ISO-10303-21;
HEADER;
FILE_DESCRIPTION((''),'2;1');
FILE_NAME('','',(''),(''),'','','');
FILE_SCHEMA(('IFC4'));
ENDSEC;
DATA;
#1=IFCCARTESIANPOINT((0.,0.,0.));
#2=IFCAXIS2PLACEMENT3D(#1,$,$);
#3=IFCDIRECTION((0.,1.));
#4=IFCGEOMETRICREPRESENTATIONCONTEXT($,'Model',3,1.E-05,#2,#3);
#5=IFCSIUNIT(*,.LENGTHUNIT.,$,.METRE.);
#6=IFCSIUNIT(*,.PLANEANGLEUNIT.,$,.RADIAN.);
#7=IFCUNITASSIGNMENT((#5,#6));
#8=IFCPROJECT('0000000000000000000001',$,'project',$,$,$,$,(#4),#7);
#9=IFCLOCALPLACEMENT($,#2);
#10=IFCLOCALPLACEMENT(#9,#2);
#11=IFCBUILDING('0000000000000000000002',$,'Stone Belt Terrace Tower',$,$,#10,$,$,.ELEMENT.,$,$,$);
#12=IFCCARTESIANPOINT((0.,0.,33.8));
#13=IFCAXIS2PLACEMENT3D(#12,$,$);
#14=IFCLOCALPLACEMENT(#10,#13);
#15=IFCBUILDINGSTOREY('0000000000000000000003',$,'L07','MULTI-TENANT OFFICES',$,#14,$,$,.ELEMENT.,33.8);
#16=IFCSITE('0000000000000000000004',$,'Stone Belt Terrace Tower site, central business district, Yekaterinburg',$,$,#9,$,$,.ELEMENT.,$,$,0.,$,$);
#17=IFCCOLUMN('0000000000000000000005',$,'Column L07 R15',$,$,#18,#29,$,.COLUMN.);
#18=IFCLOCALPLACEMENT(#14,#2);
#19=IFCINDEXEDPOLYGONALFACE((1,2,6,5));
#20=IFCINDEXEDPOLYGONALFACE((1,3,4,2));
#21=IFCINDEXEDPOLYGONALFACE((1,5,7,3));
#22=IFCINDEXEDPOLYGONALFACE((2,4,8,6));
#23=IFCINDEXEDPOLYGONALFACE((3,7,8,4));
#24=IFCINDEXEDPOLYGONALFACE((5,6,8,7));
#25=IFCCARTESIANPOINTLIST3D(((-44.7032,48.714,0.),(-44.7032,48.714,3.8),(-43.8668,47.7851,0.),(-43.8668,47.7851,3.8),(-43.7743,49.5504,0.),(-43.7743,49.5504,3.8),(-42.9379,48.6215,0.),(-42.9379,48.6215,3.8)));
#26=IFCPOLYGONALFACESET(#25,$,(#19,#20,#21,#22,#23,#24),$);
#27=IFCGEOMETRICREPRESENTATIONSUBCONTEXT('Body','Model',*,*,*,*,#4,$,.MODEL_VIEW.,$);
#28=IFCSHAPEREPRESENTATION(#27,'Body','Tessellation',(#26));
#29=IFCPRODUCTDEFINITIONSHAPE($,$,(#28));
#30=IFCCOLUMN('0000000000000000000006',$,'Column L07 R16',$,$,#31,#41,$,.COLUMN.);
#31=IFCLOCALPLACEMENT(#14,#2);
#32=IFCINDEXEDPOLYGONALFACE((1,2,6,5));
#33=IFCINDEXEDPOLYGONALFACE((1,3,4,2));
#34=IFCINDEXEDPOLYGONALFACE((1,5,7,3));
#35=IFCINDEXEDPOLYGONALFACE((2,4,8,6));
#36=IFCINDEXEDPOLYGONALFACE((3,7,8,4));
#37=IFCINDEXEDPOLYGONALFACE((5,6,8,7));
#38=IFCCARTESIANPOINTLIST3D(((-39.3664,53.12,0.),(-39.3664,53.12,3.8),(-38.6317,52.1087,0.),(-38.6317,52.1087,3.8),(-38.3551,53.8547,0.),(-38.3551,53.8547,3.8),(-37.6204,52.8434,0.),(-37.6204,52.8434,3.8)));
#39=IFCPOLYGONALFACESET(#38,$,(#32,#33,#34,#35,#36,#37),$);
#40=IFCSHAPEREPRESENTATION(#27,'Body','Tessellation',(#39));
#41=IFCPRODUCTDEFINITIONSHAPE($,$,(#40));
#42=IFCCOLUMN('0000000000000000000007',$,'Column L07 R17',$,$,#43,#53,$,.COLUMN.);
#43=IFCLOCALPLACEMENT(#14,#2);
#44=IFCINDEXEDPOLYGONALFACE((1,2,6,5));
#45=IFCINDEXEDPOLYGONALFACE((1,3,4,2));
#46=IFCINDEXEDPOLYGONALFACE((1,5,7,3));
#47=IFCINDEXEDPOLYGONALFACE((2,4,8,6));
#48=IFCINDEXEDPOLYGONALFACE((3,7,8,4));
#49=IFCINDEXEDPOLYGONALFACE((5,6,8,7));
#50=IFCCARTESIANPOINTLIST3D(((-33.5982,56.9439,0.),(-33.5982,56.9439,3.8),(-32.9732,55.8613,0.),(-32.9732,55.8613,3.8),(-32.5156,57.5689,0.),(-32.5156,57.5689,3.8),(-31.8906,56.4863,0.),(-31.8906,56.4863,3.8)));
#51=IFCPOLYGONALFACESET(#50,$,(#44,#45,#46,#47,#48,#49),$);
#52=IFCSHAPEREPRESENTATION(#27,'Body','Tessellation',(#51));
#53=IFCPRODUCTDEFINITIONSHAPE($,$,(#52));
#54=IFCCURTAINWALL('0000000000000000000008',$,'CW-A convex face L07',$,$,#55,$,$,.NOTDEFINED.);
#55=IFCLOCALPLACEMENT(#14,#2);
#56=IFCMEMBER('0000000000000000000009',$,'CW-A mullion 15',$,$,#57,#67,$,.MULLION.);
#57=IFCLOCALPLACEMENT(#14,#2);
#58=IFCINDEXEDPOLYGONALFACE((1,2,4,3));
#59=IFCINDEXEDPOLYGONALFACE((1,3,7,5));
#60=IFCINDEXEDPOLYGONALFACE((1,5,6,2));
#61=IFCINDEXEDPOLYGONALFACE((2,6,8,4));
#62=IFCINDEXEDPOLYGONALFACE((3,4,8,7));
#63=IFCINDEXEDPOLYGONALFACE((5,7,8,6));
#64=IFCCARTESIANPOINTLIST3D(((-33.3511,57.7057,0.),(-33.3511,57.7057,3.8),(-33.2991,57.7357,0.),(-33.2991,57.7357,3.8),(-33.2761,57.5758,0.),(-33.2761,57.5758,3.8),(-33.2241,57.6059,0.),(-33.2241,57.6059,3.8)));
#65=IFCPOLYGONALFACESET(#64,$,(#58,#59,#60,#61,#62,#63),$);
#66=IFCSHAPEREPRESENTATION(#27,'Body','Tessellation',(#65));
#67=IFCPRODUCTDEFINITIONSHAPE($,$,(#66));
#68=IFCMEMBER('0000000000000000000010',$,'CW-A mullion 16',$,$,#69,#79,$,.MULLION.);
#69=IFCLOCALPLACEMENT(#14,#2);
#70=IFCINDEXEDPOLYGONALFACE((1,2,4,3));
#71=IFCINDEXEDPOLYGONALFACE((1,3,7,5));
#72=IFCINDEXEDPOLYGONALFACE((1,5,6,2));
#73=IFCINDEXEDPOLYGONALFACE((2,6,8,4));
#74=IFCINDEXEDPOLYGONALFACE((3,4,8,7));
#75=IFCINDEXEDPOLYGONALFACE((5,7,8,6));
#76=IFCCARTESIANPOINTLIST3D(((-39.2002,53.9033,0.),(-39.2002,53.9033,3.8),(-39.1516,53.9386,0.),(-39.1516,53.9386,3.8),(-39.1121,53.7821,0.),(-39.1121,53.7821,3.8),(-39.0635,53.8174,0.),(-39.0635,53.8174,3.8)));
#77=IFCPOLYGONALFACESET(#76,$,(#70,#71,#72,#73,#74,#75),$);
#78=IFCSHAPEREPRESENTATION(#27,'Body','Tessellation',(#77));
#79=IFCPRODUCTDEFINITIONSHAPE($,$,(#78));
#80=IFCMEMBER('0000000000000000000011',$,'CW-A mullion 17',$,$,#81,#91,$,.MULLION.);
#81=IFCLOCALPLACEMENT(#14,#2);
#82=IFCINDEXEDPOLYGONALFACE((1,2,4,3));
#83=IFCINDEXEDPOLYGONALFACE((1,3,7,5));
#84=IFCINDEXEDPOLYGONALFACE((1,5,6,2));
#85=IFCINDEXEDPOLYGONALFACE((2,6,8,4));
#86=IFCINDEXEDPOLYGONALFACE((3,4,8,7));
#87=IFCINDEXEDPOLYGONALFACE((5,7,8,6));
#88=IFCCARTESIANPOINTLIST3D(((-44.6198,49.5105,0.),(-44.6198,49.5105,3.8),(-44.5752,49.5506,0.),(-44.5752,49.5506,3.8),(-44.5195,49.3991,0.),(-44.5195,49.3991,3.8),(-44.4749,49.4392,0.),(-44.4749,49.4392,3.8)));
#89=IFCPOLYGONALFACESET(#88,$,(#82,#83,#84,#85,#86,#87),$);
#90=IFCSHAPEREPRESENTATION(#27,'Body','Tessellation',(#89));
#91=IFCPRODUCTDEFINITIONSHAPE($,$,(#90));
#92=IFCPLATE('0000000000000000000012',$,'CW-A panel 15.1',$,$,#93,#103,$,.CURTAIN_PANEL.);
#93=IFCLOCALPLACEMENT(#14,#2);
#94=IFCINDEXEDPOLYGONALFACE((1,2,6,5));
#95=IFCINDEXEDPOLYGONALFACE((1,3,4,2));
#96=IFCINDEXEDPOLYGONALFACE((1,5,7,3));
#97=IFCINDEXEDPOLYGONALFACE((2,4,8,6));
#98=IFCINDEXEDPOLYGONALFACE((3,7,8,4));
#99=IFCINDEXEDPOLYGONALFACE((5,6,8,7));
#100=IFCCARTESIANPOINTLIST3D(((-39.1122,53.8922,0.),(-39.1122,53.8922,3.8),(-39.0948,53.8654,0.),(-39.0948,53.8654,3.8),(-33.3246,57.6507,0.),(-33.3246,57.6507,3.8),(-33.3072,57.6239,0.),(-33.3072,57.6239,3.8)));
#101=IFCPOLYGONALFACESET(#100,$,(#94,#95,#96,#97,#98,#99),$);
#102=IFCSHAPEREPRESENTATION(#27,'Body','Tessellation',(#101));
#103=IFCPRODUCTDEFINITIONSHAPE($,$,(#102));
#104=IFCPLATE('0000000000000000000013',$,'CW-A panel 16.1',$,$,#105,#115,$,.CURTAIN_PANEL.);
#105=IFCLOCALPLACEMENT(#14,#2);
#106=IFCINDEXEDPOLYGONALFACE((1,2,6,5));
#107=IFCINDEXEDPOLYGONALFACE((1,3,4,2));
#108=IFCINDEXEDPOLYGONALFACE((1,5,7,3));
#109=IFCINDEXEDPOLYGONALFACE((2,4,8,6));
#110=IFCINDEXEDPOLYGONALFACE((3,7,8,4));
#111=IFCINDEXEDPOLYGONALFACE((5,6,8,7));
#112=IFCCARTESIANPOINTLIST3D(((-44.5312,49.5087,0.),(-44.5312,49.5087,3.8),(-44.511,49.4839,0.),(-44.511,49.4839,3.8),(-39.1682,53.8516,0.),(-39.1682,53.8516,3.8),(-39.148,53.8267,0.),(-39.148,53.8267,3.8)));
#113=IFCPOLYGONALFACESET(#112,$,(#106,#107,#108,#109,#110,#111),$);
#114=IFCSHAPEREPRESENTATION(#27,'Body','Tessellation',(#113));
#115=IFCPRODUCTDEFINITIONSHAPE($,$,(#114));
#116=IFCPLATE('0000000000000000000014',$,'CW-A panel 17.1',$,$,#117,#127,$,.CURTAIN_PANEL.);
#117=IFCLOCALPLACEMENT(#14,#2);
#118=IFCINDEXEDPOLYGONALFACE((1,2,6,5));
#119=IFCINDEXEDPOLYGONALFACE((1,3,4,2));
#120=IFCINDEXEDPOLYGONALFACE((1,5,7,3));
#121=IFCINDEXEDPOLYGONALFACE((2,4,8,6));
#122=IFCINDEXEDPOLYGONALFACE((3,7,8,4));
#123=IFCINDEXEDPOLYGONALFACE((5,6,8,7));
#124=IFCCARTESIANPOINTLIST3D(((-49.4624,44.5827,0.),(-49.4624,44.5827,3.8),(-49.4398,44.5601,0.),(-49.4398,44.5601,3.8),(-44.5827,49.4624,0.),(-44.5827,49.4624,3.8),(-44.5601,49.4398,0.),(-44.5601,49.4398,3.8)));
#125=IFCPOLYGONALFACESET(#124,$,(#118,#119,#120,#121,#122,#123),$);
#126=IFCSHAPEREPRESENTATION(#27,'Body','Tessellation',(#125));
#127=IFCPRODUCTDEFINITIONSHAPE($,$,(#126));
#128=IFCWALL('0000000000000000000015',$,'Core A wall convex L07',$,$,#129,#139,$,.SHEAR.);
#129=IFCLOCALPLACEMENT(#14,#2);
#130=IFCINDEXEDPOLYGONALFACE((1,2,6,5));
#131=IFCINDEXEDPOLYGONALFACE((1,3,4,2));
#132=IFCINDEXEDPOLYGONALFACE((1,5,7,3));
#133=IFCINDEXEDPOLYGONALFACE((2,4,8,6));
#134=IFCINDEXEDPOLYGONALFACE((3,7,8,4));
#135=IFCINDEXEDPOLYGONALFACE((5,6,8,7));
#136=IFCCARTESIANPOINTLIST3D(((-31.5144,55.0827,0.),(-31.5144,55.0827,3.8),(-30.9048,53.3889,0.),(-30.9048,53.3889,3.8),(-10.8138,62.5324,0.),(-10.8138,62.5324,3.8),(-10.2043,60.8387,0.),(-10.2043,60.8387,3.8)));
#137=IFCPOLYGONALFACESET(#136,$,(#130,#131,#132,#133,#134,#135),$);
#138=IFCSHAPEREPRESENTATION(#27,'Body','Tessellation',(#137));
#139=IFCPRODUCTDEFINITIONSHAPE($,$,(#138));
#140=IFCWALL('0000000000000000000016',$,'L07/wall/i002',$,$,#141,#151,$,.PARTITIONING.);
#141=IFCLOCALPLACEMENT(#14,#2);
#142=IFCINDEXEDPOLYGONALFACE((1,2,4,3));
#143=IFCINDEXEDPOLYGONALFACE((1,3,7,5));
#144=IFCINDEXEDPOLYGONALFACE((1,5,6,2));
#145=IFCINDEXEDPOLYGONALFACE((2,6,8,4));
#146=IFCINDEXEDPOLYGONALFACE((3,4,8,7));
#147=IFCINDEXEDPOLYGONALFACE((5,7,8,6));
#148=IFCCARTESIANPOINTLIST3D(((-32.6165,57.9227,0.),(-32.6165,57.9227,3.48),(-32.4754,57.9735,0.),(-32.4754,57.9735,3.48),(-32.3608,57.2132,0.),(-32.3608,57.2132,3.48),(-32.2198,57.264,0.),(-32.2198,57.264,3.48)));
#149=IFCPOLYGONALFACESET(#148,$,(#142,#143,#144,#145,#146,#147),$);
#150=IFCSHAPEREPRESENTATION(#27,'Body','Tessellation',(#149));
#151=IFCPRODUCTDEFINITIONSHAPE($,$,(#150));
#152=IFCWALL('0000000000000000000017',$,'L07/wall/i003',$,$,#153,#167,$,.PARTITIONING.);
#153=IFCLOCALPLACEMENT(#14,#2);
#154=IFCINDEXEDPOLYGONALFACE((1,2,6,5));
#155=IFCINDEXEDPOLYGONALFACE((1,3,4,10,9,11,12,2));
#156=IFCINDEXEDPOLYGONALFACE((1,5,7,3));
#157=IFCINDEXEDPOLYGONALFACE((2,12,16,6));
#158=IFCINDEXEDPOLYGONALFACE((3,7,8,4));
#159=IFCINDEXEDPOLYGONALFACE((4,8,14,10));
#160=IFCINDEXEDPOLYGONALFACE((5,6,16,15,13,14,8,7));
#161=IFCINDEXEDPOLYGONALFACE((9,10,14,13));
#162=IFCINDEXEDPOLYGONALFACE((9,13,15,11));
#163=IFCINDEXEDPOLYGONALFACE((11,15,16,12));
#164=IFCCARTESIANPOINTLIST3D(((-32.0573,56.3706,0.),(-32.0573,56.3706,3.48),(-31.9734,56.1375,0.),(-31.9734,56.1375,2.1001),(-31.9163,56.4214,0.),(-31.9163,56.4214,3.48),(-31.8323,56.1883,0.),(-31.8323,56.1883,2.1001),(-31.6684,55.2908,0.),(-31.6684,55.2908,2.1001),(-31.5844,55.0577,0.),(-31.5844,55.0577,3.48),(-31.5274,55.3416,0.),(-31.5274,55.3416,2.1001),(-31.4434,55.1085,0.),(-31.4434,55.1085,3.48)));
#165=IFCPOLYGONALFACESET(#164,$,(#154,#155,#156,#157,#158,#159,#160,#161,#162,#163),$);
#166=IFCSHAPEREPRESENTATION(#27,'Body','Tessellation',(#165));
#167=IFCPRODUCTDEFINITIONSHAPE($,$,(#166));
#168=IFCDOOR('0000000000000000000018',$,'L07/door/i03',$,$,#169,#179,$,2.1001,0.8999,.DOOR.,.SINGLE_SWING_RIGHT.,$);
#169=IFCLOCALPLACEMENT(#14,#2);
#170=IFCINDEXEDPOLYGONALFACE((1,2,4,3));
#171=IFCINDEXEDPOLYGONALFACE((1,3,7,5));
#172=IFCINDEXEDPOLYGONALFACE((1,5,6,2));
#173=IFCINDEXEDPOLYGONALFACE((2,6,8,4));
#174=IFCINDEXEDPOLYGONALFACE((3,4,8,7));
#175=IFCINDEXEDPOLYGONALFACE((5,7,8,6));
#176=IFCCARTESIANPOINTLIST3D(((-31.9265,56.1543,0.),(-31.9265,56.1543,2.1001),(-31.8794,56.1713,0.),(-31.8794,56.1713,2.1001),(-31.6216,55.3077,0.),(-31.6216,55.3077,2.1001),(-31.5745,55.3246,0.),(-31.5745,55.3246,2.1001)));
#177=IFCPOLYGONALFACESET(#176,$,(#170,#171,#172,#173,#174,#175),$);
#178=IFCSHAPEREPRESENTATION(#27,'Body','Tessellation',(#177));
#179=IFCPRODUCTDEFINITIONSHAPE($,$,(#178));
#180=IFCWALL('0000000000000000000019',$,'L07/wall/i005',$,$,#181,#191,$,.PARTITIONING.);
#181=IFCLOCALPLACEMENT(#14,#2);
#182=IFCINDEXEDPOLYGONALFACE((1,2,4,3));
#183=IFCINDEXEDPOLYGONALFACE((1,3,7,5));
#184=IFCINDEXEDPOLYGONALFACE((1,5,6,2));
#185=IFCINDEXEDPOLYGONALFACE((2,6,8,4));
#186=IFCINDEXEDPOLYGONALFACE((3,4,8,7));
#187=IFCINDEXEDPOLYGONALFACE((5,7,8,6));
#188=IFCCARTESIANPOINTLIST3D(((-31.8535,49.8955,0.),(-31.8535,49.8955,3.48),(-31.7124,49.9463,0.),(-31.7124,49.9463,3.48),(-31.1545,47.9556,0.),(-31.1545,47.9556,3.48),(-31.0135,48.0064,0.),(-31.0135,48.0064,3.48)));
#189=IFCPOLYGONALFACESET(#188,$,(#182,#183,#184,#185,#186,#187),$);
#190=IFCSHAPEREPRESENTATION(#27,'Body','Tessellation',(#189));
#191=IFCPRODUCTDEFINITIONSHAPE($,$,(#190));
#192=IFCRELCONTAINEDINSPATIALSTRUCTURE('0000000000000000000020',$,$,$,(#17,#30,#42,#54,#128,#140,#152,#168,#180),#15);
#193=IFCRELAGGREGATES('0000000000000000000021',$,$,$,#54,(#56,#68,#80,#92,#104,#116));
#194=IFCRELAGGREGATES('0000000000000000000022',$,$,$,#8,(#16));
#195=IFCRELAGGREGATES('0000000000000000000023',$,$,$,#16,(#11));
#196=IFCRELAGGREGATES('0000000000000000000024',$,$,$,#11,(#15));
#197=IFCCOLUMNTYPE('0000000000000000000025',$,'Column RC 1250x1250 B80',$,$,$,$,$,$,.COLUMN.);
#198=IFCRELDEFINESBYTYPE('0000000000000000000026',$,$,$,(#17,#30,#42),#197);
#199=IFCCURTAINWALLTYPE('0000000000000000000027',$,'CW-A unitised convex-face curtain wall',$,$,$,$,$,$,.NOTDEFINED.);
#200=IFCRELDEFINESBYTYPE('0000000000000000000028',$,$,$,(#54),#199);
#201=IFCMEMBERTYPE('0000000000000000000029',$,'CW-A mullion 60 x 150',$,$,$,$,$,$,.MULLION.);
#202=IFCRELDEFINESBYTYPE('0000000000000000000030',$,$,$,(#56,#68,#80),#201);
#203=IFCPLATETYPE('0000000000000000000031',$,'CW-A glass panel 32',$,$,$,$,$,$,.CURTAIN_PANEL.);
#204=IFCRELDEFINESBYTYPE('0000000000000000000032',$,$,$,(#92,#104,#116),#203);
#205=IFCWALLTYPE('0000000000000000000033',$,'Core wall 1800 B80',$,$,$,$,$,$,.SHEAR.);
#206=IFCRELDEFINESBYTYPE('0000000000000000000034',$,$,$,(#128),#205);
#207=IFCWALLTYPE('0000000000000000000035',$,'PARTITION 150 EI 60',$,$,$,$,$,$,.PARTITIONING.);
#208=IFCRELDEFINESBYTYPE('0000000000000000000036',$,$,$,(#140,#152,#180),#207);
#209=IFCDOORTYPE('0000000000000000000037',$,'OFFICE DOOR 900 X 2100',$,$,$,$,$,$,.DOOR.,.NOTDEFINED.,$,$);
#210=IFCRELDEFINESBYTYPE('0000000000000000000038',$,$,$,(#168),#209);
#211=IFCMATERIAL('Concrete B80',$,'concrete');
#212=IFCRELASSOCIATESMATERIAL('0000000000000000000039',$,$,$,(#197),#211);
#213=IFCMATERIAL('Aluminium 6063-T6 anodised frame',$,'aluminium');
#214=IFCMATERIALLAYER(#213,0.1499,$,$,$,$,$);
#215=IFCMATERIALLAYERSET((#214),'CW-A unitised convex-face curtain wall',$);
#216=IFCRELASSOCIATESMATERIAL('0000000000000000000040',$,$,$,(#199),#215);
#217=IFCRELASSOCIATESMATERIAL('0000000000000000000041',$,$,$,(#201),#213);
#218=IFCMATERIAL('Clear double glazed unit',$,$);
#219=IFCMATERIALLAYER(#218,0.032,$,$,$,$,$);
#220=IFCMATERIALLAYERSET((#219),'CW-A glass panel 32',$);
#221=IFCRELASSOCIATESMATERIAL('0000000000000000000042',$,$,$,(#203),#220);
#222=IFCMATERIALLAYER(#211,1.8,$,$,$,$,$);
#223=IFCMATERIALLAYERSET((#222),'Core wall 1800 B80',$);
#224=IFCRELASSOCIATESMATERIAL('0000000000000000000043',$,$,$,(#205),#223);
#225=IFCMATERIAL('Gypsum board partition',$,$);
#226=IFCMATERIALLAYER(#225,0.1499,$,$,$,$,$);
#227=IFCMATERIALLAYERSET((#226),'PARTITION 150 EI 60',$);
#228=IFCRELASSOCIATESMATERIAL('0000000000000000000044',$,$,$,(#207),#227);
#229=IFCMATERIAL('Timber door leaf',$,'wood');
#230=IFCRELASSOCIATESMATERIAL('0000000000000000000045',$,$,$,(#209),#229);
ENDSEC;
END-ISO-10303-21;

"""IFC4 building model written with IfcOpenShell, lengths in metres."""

from ifc_helpers import new_model, si_unit, direction, frame, frame_2d, origin, origin_2d, place, context, subcontext, project, spatial, rectangle, extrude, material, layer, layer_set, material_profile, profile_set, type_object, element, fill, aggregate, save


model = new_model("IFC4")

# Units and contexts
model_context = context("Model", 3, precision=1e-05, world=origin(), true_north=direction((0.0, 1.0)))
body_context = subcontext(model_context, "Body", "Model", "MODEL_VIEW")
ifc_project = project(units=[si_unit("LENGTHUNIT", "METRE"), si_unit("PLANEANGLEUNIT", "RADIAN")], contexts=[model_context])

# Site, building, storey
site_placement = place(None, origin())
site = spatial("IfcSite", under=ifc_project, at=site_placement, Name="Stone Belt Terrace Tower site, central business district, Yekaterinburg", CompositionType="ELEMENT", RefElevation=0.0)
building_placement = place(site_placement, origin())
building = spatial("IfcBuilding", under=site, at=building_placement, Name="Stone Belt Terrace Tower", CompositionType="ELEMENT")
storey_placement = place(building_placement, frame((0.0, 0.0, 33.8)))
storey = spatial("IfcBuildingStorey", under=building, at=storey_placement, Name="L07", Description="MULTI-TENANT OFFICES", CompositionType="ELEMENT", Elevation=33.8)

# Columns
ifc_material_1 = material(Name="Concrete B80", Category="concrete")
ifc_material_profile_1 = material_profile(ifc_material_1, rectangle(XDim=1.25, YDim=1.25, at=origin_2d()), Name="RC 1250x1250")
ifc_profile_set_1 = profile_set([ifc_material_profile_1], Name="Concrete B80")
column_type = type_object("IfcColumnType", Name="Column RC 1250x1250 B80", PredefinedType="COLUMN", material=ifc_profile_set_1)
for number, where, z_axis, x_axis, name in (
    (1, (-43.8206, 48.6677, 0.0), (0.0, 0.0, 1.0), (0.743145, 0.669131, 0.0), "Column L07 R15"),
    (2, (-38.4934, 52.9817, 0.0), (0.0, 0.0, 1.0), (0.809017, 0.587785, 0.0), "Column L07 R16"),
    (3, (-32.7444, 56.7151, 0.0), (0.0, 0.0, 1.0), (0.866025, 0.5, 0.0), "Column L07 R17"),
):
    element("IfcColumn", number, at=place(storey_placement, frame(where, z_axis=z_axis, x_axis=x_axis)), inside=storey, type_object=column_type, Name=name, PredefinedType="COLUMN", context=body_context, shape_type="SweptSolid", body=[
        extrude(rectangle(XDim=1.25, YDim=1.25, at=origin_2d()), origin(), (0.0, 0.0, 1.0), 3.8),
    ])

# Curtain wall, members, plates
ifc_material_2 = material(Name="Aluminium 6063-T6 anodised frame", Category="aluminium")
ifc_layer_1 = layer(ifc_material_2, 0.1499)
ifc_layer_set_1 = layer_set([ifc_layer_1], Name="CW-A unitised convex-face curtain wall")
curtain_wall_type = type_object("IfcCurtainWallType", Name="CW-A unitised convex-face curtain wall", PredefinedType="NOTDEFINED", material=ifc_layer_set_1)
curtain_wall_placement = place(storey_placement, origin())
curtain_wall = element("IfcCurtainWall", 4, at=curtain_wall_placement, inside=storey, type_object=curtain_wall_type, Name="CW-A convex face L07", PredefinedType="NOTDEFINED")
ifc_material_profile_2 = material_profile(ifc_material_2, rectangle(XDim=0.1499, YDim=0.0601, at=origin_2d()), Name="Aluminium 6063-T6 60x150")
ifc_profile_set_2 = profile_set([ifc_material_profile_2], Name="Aluminium 6063-T6 anodised frame")
member_type = type_object("IfcMemberType", Name="CW-A mullion 60 x 150", PredefinedType="MULLION", material=ifc_profile_set_2)
member_1_placement = place(storey_placement, frame((-33.2876, 57.6558, 0.0), z_axis=(0.0, 0.0, 1.0), x_axis=(0.5, -0.866025, 0.0)))
member_1 = element("IfcMember", 5, at=member_1_placement, type_object=member_type, Name="CW-A mullion 15", PredefinedType="MULLION", context=body_context, shape_type="SweptSolid", body=[
    extrude(rectangle(XDim=0.1499, YDim=0.0601, at=origin_2d()), origin(), (0.0, 0.0, 1.0), 3.8),
])
member_2_placement = place(storey_placement, frame((-39.1318, 53.8604, 0.0), z_axis=(0.0, 0.0, 1.0), x_axis=(0.587785, -0.809017, 0.0)))
member_2 = element("IfcMember", 6, at=member_2_placement, type_object=member_type, Name="CW-A mullion 16", PredefinedType="MULLION", context=body_context, shape_type="SweptSolid", body=[
    extrude(rectangle(XDim=0.1499, YDim=0.0601, at=origin_2d()), origin(), (0.0, 0.0, 1.0), 3.8),
])
member_3_placement = place(storey_placement, frame((-44.5474, 49.4749, 0.0), z_axis=(0.0, 0.0, 1.0), x_axis=(0.669131, -0.743145, 0.0)))
member_3 = element("IfcMember", 7, at=member_3_placement, type_object=member_type, Name="CW-A mullion 17", PredefinedType="MULLION", context=body_context, shape_type="SweptSolid", body=[
    extrude(rectangle(XDim=0.1499, YDim=0.0601, at=origin_2d()), origin(), (0.0, 0.0, 1.0), 3.8),
])
ifc_material_3 = material(Name="Clear double glazed unit")
ifc_layer_2 = layer(ifc_material_3, 0.032)
ifc_layer_set_2 = layer_set([ifc_layer_2], Name="CW-A glass panel 32")
plate_type = type_object("IfcPlateType", Name="CW-A glass panel 32", PredefinedType="CURTAIN_PANEL", material=ifc_layer_set_2)
plate_1_placement = place(storey_placement, frame((-36.2097, 55.7581, 0.0), z_axis=(0.0, 0.0, 1.0), x_axis=(-0.838671, -0.544639, 0.0)))
plate_1 = element("IfcPlate", 8, at=plate_1_placement, type_object=plate_type, Name="CW-A panel 15.1", PredefinedType="CURTAIN_PANEL", context=body_context, shape_type="SweptSolid", body=[
    extrude(rectangle(XDim=6.9009, YDim=0.032, at=origin_2d()), origin(), (0.0, 0.0, 1.0), 3.8),
])
plate_2_placement = place(storey_placement, frame((-41.8396, 51.6677, 0.0), z_axis=(0.0, 0.0, 1.0), x_axis=(-0.777146, -0.62932, 0.0)))
plate_2 = element("IfcPlate", 9, at=plate_2_placement, type_object=plate_type, Name="CW-A panel 16.1", PredefinedType="CURTAIN_PANEL", context=body_context, shape_type="SweptSolid", body=[
    extrude(rectangle(XDim=6.9009, YDim=0.032, at=origin_2d()), origin(), (0.0, 0.0, 1.0), 3.8),
])
plate_3_placement = place(storey_placement, frame((-47.0112, 47.0112, 0.0), z_axis=(0.0, 0.0, 1.0), x_axis=(-0.707107, -0.707107, 0.0)))
plate_3 = element("IfcPlate", 10, at=plate_3_placement, type_object=plate_type, Name="CW-A panel 17.1", PredefinedType="CURTAIN_PANEL", context=body_context, shape_type="SweptSolid", body=[
    extrude(rectangle(XDim=6.9009, YDim=0.032, at=origin_2d()), origin(), (0.0, 0.0, 1.0), 3.8),
])
aggregate(curtain_wall, [member_1, member_2, member_3, plate_1, plate_2, plate_3])

# Walls
ifc_layer_3 = layer(ifc_material_1, 1.8)
ifc_layer_set_3 = layer_set([ifc_layer_3], Name="Core wall 1800 B80")
wall_type_1 = type_object("IfcWallType", Name="Core wall 1800 B80", PredefinedType="SHEAR", material=ifc_layer_set_3)
wall_1_placement = place(storey_placement, frame((-31.2095, 54.2358, 0.0), z_axis=(0.0, 0.0, 1.0), x_axis=(0.940923, 0.338621, 0.0)))
element("IfcWall", 11, at=wall_1_placement, inside=storey, type_object=wall_type_1, Name="Core A wall convex L07", PredefinedType="SHEAR", context=body_context, shape_type="SweptSolid", body=[
    extrude(rectangle(XDim=22.0002, YDim=1.8, at=frame_2d((11.0, 0.0))), origin(), (0.0, 0.0, 1.0), 3.8),
])
ifc_material_4 = material(Name="Gypsum board partition")
ifc_layer_4 = layer(ifc_material_4, 0.1499)
ifc_layer_set_4 = layer_set([ifc_layer_4], Name="PARTITION 150 EI 60")
wall_type_2 = type_object("IfcWallType", Name="PARTITION 150 EI 60", PredefinedType="PARTITIONING", material=ifc_layer_set_4)
wall_2_placement = place(storey_placement, frame((-32.5459, 57.948, 0.0), z_axis=(0.0, 0.0, 1.0), x_axis=(0.33896, -0.940801, 0.0)))
element("IfcWall", 12, at=wall_2_placement, inside=storey, type_object=wall_type_2, Name="L07/wall/i002", PredefinedType="PARTITIONING", context=body_context, shape_type="SweptSolid", body=[
    extrude(rectangle(XDim=0.7542, YDim=0.1499, at=frame_2d((0.377, 0.0))), origin(), (0.0, 0.0, 1.0), 3.48),
])

# Wall, opening, door
wall_3_placement = place(storey_placement, frame((-31.9868, 56.396, 0.0), z_axis=(0.0, 0.0, 1.0), x_axis=(0.338862, -0.940836, 0.0)))
wall_3 = element("IfcWall", 13, at=wall_3_placement, inside=storey, type_object=wall_type_2, Name="L07/wall/i003", PredefinedType="PARTITIONING", context=body_context, shape_type="SweptSolid", body=[
    extrude(rectangle(XDim=1.3955, YDim=0.1499, at=frame_2d((0.6978, 0.0))), origin(), (0.0, 0.0, 1.0), 3.48),
])
opening_1_placement = place(wall_3_placement, frame((0.2478, 0.0, 0.0)))
opening_1 = element("IfcOpeningElement", 14, at=opening_1_placement, cuts=wall_3, PredefinedType="OPENING", context=body_context, shape_type="SweptSolid", body=[
    extrude(rectangle(XDim=0.8999, YDim=2.1001, at=frame_2d((0.45, 1.05))), frame((0.0, 0.085, 0.0), z_axis=(0.0, -1.0, 0.0), x_axis=(1.0, 0.0, 0.0)), (0.0, 0.0, 1.0), 0.1699),
])
ifc_material_5 = material(Name="Timber door leaf", Category="wood")
door_type = type_object("IfcDoorType", Name="OFFICE DOOR 900 X 2100", OperationType="NOTDEFINED", PredefinedType="DOOR", material=ifc_material_5)
door_1_placement = place(opening_1_placement, origin())
door_1 = element("IfcDoor", 15, at=door_1_placement, inside=storey, type_object=door_type, Name="L07/door/i03", OperationType="SINGLE_SWING_RIGHT", OverallHeight=2.1001, OverallWidth=0.8999, PredefinedType="DOOR", context=body_context, shape_type="SweptSolid", body=[
    extrude(rectangle(XDim=0.8999, YDim=2.1001, at=frame_2d((0.45, 1.05))), frame((0.0, 0.0249, 0.0), z_axis=(0.0, -1.0, 0.0), x_axis=(1.0, 0.0, 0.0)), (0.0, 0.0, 1.0), 0.05),
])
fill(opening_1, door_1)

# Wall
wall_4_placement = place(storey_placement, frame((-31.084, 47.981, 0.0), z_axis=(0.0, 0.0, 1.0), x_axis=(-0.338975, 0.940795, 0.0)))
element("IfcWall", 16, at=wall_4_placement, inside=storey, type_object=wall_type_2, Name="L07/wall/i005", PredefinedType="PARTITIONING", context=body_context, shape_type="SweptSolid", body=[
    extrude(rectangle(XDim=2.062, YDim=0.1499, at=frame_2d((1.031, 0.0))), origin(), (0.0, 0.0, 1.0), 3.48),
])

save(model, "model.ifc")
